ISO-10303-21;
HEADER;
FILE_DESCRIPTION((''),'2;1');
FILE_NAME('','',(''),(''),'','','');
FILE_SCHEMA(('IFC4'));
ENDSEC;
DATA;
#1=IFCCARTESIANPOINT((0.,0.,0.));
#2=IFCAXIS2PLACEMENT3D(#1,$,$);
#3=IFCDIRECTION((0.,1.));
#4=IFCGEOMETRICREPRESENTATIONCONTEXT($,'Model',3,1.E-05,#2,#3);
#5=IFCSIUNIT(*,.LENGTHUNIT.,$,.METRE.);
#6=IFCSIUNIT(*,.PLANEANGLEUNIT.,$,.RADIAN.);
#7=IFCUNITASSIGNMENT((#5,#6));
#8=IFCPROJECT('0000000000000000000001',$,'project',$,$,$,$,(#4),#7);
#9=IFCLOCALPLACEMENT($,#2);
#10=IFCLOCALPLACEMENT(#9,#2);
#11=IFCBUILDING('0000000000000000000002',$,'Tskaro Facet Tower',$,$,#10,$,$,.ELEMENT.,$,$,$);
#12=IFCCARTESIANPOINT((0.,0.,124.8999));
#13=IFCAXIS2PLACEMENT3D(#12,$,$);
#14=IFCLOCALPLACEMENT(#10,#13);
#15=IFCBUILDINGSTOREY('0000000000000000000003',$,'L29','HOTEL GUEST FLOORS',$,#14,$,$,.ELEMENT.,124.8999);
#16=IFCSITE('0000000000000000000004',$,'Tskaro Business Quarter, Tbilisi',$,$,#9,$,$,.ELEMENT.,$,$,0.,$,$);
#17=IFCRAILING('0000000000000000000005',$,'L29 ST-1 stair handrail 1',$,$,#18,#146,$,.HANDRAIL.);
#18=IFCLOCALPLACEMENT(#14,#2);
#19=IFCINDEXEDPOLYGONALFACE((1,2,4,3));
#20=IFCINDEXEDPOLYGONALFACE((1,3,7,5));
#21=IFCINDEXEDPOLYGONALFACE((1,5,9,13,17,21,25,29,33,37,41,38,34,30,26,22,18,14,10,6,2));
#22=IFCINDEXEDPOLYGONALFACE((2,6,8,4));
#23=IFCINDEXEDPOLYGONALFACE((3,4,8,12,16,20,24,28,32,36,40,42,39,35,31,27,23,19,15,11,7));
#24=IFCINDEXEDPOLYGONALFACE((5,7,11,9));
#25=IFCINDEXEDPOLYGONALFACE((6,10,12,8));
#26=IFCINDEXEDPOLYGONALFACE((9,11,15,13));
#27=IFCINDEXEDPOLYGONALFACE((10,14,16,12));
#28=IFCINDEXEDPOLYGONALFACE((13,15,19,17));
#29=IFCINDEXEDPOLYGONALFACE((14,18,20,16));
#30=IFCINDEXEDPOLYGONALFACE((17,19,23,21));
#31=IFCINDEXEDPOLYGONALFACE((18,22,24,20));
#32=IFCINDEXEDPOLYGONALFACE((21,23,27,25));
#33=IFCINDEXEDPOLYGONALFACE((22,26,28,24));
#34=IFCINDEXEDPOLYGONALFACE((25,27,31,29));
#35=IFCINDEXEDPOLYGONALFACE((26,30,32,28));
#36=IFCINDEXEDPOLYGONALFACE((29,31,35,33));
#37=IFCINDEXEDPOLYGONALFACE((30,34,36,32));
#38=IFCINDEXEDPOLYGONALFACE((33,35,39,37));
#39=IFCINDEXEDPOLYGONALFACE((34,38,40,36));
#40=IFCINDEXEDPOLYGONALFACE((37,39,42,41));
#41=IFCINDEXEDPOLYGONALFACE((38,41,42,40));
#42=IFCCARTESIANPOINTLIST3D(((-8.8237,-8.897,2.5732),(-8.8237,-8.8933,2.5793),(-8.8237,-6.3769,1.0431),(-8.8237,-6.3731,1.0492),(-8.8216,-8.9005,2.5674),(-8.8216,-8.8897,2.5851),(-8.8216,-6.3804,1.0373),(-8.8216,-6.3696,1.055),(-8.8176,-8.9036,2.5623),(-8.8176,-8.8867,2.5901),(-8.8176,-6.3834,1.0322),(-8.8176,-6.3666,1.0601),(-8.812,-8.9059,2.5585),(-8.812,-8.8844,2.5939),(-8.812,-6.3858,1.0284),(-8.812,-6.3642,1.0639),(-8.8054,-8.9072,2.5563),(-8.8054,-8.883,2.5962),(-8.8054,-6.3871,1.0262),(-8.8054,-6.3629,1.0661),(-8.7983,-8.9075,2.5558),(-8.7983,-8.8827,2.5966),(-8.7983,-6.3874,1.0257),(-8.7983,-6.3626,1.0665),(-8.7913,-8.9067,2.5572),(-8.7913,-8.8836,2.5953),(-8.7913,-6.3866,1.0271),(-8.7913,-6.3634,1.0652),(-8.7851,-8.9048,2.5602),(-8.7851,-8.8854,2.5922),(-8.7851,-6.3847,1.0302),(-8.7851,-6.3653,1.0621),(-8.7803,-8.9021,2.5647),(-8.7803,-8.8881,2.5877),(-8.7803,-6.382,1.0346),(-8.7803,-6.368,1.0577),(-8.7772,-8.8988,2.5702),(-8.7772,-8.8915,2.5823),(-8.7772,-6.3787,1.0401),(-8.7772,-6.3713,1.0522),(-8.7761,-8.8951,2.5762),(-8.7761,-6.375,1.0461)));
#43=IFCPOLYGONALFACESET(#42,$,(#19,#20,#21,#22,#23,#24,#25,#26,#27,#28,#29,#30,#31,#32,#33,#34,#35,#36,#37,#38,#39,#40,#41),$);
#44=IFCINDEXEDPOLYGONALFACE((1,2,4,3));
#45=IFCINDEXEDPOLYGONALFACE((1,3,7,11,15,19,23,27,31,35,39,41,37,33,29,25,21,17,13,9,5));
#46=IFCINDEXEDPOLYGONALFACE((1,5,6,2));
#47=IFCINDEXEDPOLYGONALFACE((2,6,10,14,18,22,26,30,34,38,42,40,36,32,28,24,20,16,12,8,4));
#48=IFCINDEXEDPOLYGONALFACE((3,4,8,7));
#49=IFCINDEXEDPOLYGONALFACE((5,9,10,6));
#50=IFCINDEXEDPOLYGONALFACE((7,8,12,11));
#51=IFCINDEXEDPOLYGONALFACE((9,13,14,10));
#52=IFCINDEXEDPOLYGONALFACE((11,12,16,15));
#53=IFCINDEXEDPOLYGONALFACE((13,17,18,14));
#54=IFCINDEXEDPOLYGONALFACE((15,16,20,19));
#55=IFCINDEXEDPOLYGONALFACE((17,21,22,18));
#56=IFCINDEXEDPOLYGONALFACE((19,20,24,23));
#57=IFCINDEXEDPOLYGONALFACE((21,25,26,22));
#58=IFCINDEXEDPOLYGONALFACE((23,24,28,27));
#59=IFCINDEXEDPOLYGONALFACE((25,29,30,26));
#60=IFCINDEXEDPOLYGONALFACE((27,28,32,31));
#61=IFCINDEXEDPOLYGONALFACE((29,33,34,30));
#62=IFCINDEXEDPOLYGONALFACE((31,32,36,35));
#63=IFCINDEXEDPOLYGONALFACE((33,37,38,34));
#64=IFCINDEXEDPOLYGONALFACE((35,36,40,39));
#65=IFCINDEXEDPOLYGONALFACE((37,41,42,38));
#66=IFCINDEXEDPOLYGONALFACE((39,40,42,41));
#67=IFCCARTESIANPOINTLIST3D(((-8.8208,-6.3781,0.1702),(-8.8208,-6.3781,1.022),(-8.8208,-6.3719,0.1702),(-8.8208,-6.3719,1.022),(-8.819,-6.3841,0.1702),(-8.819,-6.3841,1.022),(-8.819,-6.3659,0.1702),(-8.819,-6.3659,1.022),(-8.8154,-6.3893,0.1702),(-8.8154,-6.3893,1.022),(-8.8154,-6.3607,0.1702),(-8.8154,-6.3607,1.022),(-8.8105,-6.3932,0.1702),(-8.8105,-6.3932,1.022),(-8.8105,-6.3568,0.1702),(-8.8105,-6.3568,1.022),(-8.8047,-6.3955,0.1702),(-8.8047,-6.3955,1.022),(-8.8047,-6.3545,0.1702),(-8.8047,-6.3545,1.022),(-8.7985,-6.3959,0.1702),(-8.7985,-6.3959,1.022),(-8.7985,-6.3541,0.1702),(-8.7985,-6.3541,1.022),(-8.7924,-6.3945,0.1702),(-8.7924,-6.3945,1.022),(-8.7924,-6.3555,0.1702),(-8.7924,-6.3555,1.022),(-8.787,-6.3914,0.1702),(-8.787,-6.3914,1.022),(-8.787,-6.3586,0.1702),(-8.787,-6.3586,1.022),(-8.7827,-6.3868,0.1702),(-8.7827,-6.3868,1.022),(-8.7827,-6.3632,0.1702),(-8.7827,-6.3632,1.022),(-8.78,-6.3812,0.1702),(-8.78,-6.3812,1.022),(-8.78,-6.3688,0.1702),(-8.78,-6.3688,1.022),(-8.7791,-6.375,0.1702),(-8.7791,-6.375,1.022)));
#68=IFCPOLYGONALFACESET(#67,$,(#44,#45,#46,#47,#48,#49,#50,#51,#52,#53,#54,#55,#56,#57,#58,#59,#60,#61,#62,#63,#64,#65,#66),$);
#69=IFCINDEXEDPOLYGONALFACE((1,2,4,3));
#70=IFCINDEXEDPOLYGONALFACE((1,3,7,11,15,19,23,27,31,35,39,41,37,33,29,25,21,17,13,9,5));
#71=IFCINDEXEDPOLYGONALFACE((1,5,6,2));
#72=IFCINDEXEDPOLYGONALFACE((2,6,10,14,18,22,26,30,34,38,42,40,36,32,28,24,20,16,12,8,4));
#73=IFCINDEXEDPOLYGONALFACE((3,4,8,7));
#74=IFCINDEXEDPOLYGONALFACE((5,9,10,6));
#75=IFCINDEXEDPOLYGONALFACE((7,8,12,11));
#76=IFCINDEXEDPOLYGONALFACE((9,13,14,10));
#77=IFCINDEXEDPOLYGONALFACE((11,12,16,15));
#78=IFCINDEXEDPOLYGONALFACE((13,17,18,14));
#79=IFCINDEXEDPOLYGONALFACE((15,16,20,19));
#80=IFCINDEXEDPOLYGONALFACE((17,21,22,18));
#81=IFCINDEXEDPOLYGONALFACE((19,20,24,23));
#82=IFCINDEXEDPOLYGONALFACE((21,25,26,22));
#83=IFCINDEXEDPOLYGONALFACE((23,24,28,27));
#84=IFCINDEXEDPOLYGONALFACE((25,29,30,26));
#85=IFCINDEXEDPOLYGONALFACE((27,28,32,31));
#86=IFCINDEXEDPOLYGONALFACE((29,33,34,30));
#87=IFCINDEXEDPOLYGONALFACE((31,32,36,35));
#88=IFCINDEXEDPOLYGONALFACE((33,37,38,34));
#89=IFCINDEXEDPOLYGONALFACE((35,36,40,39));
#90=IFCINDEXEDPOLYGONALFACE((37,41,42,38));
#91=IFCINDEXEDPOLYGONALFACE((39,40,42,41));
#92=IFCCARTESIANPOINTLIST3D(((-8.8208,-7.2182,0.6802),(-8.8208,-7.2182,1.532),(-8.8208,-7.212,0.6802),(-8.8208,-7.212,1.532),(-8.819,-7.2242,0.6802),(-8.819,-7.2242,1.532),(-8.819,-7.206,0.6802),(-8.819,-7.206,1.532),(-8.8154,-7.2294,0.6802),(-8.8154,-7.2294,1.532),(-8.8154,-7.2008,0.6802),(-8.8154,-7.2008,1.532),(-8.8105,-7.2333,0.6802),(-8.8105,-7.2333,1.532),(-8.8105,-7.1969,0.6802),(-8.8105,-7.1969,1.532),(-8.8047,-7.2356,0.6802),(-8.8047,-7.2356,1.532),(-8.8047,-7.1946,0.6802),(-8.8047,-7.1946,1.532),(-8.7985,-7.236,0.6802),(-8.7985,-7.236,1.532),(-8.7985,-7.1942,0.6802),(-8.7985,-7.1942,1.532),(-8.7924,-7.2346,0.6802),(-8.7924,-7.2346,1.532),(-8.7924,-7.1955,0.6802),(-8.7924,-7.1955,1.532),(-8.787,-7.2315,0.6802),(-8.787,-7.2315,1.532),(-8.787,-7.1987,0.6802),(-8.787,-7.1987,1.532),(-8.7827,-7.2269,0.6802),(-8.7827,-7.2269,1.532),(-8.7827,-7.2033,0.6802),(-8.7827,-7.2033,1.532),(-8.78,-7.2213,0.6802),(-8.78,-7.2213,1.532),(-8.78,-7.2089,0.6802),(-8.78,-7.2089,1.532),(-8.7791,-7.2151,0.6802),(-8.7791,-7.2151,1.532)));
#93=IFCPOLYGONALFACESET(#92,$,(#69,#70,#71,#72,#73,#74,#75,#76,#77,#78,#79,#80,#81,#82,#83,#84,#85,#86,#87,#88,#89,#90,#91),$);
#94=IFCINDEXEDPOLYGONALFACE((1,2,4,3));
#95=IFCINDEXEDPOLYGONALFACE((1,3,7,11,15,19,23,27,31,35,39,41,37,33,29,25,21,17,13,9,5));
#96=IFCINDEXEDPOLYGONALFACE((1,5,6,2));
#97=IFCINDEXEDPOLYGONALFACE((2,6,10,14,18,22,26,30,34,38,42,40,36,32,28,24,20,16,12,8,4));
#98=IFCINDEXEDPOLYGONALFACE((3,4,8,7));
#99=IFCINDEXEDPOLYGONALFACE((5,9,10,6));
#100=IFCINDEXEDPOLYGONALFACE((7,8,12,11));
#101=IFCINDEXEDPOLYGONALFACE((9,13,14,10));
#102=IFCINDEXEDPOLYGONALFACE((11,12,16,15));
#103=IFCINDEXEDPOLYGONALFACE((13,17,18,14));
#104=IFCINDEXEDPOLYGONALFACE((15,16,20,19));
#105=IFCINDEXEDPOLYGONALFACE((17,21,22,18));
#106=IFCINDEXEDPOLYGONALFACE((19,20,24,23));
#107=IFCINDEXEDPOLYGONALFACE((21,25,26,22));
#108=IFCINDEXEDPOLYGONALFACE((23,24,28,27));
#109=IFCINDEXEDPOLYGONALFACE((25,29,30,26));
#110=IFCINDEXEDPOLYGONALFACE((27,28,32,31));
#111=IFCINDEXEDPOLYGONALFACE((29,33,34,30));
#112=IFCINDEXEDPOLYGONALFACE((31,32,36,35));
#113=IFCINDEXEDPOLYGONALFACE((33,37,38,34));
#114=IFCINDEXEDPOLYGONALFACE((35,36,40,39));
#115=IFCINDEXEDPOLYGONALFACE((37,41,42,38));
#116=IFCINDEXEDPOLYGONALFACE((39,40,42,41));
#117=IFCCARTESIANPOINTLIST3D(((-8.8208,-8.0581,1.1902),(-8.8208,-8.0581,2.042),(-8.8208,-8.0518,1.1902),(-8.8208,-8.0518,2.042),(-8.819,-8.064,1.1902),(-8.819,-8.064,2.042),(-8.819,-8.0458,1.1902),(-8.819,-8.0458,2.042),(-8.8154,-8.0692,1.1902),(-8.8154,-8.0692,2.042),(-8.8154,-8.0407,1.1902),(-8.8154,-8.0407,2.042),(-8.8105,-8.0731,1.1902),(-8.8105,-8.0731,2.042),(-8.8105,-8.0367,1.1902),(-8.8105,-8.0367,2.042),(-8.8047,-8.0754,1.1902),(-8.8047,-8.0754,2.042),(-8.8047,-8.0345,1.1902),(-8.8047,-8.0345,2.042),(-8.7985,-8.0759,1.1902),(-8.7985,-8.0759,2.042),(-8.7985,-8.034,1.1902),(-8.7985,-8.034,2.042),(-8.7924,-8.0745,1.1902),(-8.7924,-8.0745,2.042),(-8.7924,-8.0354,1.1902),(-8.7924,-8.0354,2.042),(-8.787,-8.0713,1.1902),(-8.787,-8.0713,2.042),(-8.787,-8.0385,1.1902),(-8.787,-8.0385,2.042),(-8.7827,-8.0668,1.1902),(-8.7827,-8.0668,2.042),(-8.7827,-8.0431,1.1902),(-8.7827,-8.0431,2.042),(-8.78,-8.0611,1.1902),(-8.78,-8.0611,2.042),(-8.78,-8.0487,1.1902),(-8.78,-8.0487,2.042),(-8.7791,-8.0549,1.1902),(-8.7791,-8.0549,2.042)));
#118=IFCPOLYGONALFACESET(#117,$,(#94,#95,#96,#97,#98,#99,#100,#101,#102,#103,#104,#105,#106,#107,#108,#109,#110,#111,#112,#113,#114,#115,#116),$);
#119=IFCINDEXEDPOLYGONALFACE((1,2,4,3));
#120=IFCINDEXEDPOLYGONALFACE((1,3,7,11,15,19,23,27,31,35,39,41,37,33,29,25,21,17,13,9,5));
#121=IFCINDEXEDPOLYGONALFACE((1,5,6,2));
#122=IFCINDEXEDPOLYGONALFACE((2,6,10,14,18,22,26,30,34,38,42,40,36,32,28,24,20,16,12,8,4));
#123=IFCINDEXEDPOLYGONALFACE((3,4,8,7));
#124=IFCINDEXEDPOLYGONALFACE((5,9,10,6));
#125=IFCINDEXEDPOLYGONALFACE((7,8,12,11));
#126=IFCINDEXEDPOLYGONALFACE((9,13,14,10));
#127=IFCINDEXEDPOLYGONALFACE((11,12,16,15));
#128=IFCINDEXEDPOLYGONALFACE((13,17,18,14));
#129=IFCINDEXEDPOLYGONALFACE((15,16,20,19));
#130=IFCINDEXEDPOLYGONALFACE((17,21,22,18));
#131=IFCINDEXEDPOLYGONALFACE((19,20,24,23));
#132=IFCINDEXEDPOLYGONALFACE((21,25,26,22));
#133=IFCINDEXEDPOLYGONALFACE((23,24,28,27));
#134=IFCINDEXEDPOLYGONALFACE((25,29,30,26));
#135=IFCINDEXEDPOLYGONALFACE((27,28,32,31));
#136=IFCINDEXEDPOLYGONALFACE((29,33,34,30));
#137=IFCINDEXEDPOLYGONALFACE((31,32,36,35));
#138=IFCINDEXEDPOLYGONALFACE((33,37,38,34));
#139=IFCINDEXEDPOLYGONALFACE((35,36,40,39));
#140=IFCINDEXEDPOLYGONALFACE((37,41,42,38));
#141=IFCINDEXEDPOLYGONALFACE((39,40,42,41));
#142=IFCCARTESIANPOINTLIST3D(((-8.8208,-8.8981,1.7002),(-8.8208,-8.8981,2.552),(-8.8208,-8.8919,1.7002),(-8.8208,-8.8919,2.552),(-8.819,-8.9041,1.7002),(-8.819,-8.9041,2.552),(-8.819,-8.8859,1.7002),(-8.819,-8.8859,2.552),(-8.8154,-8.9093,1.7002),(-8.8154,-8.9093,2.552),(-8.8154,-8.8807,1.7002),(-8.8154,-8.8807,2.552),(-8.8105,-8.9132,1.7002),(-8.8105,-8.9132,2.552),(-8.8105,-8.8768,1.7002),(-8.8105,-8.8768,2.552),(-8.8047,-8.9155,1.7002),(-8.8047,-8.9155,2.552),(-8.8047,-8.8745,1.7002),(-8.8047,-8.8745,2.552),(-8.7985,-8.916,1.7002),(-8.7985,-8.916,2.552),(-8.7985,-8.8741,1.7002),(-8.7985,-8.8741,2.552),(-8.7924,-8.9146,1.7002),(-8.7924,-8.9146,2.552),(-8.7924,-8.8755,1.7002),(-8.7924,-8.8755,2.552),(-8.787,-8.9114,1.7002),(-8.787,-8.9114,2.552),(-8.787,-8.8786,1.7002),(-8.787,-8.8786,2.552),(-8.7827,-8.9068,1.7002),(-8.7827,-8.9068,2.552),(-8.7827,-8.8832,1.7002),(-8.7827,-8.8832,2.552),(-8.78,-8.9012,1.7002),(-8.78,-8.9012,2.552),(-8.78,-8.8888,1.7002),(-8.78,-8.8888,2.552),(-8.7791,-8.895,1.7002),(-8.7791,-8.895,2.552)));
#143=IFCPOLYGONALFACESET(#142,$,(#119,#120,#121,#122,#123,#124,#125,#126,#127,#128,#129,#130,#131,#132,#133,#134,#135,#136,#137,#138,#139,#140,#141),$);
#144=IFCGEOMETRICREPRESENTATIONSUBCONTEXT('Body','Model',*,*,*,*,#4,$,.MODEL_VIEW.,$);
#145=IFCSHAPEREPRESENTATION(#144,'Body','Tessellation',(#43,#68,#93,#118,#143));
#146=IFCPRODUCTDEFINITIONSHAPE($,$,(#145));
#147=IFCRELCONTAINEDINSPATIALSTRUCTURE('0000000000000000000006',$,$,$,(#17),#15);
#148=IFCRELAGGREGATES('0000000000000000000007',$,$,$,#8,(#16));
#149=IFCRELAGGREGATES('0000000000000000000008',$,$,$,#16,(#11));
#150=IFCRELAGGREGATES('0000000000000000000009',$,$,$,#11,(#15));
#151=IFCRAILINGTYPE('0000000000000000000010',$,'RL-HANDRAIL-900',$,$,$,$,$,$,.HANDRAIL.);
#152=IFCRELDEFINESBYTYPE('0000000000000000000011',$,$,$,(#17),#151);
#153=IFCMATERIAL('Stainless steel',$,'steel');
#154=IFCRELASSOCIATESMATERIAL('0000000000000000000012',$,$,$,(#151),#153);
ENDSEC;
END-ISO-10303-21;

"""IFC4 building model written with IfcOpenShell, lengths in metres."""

from ifc_helpers import new_model, si_unit, direction, frame, origin, origin_2d, place, context, subcontext, project, spatial, circle, extrude, material, type_object, element, save


model = new_model("IFC4")

# Units and contexts
model_context = context("Model", 3, precision=1e-05, world=origin(), true_north=direction((0.0, 1.0)))
body_context = subcontext(model_context, "Body", "Model", "MODEL_VIEW")
ifc_project = project(units=[si_unit("LENGTHUNIT", "METRE"), si_unit("PLANEANGLEUNIT", "RADIAN")], contexts=[model_context])

# Site, building, storey
site_placement = place(None, origin())
site = spatial("IfcSite", under=ifc_project, at=site_placement, Name="Tskaro Business Quarter, Tbilisi", CompositionType="ELEMENT", RefElevation=0.0)
building_placement = place(site_placement, origin())
building = spatial("IfcBuilding", under=site, at=building_placement, Name="Tskaro Facet Tower", CompositionType="ELEMENT")
storey_placement = place(building_placement, frame((0.0, 0.0, 124.8999)))
storey = spatial("IfcBuildingStorey", under=building, at=storey_placement, Name="L29", Description="HOTEL GUEST FLOORS", CompositionType="ELEMENT", Elevation=124.8999)

# Shared definitions
ifc_material_1 = material(Name="Stainless steel", Category="steel")

# Railing
railing_type_1 = type_object("IfcRailingType", Name="RL-HANDRAIL-900", PredefinedType="HANDRAIL", material=ifc_material_1)
railing_1_placement = place(storey_placement, frame((-8.8, -6.375, 0.1702)))
element("IfcRailing", 1, at=railing_1_placement, inside=storey, type_object=railing_type_1, Name="L29 ST-1 stair handrail 1", PredefinedType="HANDRAIL", context=body_context, shape_type="SweptSolid", body=[
    extrude(circle(Radius=0.0239, at=origin_2d()), frame((0.0, 0.0, 0.876), z_axis=(0.0, -0.854785, 0.518982), x_axis=(1.0, 0.0, 0.0)), (0.0, 0.0, 1.0), 2.9482),
    extrude(circle(Radius=0.021, at=origin_2d()), origin(), (0.0, 0.0, 1.0), 0.8518),
    extrude(circle(Radius=0.021, at=origin_2d()), frame((0.0, -0.8401, 0.51)), (0.0, 0.0, 1.0), 0.8518),
    extrude(circle(Radius=0.021, at=origin_2d()), frame((0.0, -1.6799, 1.02)), (0.0, 0.0, 1.0), 0.8518),
    extrude(circle(Radius=0.021, at=origin_2d()), frame((0.0, -2.52, 1.53)), (0.0, 0.0, 1.0), 0.8518),
])

save(model, "model.ifc")
